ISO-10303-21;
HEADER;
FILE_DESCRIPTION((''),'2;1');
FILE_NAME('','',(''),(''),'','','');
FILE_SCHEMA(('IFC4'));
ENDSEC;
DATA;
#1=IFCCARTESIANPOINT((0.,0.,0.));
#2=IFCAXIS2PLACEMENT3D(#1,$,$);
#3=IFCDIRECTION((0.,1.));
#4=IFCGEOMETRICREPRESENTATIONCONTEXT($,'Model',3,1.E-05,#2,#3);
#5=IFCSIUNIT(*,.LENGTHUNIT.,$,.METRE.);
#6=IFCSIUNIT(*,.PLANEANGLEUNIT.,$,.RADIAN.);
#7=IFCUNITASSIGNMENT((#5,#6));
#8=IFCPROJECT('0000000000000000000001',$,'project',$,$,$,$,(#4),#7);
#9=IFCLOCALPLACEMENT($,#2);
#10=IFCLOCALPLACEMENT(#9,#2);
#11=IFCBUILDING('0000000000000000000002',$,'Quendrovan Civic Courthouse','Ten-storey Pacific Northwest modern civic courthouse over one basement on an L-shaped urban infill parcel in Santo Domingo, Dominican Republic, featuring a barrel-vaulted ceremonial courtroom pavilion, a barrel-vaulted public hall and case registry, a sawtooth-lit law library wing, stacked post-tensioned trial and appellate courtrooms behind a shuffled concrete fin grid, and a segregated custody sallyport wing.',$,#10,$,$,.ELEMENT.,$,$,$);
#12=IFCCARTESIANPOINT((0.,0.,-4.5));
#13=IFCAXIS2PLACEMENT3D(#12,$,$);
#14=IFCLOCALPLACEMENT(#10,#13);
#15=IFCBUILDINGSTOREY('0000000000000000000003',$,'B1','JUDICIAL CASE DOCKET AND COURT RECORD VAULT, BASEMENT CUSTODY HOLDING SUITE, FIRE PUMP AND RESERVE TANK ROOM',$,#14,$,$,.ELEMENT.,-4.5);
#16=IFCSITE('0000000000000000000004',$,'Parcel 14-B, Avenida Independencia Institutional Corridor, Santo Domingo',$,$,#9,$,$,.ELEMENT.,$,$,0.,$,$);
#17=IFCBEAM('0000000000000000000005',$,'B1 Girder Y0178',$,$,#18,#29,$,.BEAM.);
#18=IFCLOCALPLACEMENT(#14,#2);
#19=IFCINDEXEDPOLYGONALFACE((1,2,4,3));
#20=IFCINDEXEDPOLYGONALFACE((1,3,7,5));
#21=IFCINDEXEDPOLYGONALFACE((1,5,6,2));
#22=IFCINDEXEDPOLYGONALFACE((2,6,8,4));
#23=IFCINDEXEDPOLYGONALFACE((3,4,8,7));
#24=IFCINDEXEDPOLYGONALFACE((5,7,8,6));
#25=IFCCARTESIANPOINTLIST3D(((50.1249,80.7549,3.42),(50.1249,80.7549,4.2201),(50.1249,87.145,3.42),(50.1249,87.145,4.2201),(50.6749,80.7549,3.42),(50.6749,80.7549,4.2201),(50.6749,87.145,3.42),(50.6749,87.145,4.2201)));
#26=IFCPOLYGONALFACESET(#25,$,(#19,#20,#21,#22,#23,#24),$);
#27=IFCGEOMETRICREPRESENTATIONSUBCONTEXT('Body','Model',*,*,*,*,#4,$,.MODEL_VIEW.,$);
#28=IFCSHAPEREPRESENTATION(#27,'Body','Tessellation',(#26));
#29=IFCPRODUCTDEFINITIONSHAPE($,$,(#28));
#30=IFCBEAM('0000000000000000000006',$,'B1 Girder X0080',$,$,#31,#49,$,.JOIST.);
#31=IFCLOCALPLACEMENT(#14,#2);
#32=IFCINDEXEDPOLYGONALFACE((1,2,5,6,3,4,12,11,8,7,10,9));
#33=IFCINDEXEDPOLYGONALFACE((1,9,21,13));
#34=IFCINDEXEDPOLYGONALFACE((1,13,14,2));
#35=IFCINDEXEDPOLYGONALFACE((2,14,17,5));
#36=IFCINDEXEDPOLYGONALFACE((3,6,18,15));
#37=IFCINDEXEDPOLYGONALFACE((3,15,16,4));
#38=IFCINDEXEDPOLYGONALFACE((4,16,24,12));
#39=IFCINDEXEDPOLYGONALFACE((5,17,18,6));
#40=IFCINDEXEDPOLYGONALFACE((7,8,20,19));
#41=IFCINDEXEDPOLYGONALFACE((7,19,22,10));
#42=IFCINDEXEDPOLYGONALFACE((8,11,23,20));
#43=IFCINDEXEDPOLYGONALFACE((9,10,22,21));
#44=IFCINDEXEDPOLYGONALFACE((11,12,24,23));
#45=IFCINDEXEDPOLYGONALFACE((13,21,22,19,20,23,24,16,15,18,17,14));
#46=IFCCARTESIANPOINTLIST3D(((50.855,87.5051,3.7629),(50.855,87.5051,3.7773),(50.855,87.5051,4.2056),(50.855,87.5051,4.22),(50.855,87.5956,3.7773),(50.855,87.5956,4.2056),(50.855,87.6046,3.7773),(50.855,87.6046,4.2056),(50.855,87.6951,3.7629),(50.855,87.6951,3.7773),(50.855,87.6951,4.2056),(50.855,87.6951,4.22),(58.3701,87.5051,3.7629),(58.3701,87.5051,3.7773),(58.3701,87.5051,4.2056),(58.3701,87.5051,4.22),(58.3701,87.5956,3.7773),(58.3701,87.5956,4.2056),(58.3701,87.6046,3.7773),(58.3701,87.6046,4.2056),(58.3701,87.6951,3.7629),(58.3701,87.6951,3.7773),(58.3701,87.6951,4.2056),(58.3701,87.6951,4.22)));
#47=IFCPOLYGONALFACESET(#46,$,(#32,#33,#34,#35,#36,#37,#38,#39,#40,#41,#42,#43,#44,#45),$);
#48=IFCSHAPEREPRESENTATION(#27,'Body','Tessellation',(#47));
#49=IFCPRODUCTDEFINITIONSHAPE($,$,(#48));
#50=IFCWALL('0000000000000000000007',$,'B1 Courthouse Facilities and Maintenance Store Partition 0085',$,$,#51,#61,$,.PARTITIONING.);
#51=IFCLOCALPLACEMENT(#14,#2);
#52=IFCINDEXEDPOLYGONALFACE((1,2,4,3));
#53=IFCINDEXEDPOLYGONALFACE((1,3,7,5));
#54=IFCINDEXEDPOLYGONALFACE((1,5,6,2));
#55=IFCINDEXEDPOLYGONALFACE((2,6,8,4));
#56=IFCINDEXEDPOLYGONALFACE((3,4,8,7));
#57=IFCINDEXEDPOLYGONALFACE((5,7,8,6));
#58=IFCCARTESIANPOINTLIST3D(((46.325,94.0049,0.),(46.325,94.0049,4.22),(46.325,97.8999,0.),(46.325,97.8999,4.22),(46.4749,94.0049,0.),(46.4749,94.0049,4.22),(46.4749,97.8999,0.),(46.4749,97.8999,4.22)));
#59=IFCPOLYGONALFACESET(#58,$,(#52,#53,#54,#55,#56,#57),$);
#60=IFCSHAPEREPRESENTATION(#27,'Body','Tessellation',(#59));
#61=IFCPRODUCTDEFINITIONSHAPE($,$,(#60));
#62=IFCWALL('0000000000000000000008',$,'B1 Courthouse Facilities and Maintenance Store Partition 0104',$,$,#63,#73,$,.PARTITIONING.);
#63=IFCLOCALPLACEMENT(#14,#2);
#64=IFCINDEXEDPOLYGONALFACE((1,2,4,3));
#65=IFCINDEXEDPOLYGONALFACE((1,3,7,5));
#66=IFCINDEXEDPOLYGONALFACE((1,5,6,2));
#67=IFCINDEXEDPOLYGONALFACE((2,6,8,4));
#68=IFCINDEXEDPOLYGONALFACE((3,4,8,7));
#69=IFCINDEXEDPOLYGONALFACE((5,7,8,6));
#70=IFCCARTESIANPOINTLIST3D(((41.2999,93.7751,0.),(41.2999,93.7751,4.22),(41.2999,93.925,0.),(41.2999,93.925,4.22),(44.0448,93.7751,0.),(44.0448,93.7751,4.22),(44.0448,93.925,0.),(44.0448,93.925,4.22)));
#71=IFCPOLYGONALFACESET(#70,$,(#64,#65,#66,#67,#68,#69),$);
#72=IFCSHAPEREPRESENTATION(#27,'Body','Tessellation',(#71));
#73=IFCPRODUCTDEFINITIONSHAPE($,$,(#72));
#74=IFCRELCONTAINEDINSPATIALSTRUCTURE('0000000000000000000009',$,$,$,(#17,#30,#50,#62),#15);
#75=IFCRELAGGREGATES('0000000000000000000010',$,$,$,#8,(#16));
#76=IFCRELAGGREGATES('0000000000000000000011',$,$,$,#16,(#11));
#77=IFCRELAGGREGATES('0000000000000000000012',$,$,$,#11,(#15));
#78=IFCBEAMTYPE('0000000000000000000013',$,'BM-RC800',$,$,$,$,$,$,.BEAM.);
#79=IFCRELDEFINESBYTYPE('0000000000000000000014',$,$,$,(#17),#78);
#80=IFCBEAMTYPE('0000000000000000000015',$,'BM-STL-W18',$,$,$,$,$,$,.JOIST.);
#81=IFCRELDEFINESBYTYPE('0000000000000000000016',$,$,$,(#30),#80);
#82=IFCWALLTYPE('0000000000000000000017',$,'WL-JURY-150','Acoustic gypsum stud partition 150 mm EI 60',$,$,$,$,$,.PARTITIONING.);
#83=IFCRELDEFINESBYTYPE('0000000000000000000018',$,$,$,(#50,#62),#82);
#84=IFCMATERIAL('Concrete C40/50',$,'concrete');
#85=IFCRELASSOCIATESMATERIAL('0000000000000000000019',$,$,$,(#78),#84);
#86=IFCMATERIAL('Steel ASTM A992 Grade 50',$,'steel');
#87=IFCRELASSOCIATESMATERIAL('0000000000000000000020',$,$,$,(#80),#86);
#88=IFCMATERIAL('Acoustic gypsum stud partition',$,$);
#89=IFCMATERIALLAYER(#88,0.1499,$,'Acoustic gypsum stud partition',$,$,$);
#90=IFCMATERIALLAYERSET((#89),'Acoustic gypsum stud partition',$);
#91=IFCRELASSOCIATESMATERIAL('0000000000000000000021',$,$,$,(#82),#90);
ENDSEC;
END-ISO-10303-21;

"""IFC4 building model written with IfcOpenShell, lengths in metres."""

from ifc_helpers import new_model, si_unit, direction, frame, frame_2d, origin, origin_2d, place, context, subcontext, project, spatial, rectangle, i_section, extrude, material, layer, layer_set, material_profile, profile_set, type_object, element, save


model = new_model("IFC4")

# Units and contexts
model_context = context("Model", 3, precision=1e-05, world=origin(), true_north=direction((0.0, 1.0)))
body_context = subcontext(model_context, "Body", "Model", "MODEL_VIEW")
ifc_project = project(units=[si_unit("LENGTHUNIT", "METRE"), si_unit("PLANEANGLEUNIT", "RADIAN")], contexts=[model_context])

# Site, building, storey
site_placement = place(None, origin())
site = spatial("IfcSite", under=ifc_project, at=site_placement, Name="Parcel 14-B, Avenida Independencia Institutional Corridor, Santo Domingo", CompositionType="ELEMENT", RefElevation=0.0)
building_placement = place(site_placement, origin())
building = spatial("IfcBuilding", under=site, at=building_placement, Name="Quendrovan Civic Courthouse", Description="Ten-storey Pacific Northwest modern civic courthouse over one basement on an L-shaped urban infill parcel in Santo Domingo, Dominican Republic, featuring a barrel-vaulted ceremonial courtroom pavilion, a barrel-vaulted public hall and case registry, a sawtooth-lit law library wing, stacked post-tensioned trial and appellate courtrooms behind a shuffled concrete fin grid, and a segregated custody sallyport wing.", CompositionType="ELEMENT")
storey_placement = place(building_placement, frame((0.0, 0.0, -4.5)))
storey = spatial("IfcBuildingStorey", under=building, at=storey_placement, Name="B1", Description="JUDICIAL CASE DOCKET AND COURT RECORD VAULT, BASEMENT CUSTODY HOLDING SUITE, FIRE PUMP AND RESERVE TANK ROOM", CompositionType="ELEMENT", Elevation=-4.5)

# Beams
ifc_material_1 = material(Name="Concrete C40/50", Category="concrete")
ifc_material_profile_1 = material_profile(ifc_material_1, rectangle(XDim=0.55, YDim=0.8, at=origin_2d()), Name="RC-BM-550x800")
ifc_profile_set_1 = profile_set([ifc_material_profile_1], Name="Concrete C40/50")
beam_type_1 = type_object("IfcBeamType", Name="BM-RC800", PredefinedType="BEAM", material=ifc_profile_set_1)
beam_1_placement = place(storey_placement, frame((50.3999, 80.7549, 3.8201), z_axis=(0.0, 1.0, 0.0), x_axis=(-1.0, 0.0, 0.0)))
element("IfcBeam", 1, at=beam_1_placement, inside=storey, type_object=beam_type_1, Name="B1 Girder Y0178", PredefinedType="BEAM", context=body_context, shape_type="SweptSolid", body=[
    extrude(rectangle(XDim=0.55, YDim=0.8, at=origin_2d()), origin(), (0.0, 0.0, 1.0), 6.3901),
])
ifc_material_2 = material(Name="Steel ASTM A992 Grade 50", Category="steel")
ifc_material_profile_2 = material_profile(ifc_material_2, i_section(OverallWidth=0.1899, OverallDepth=0.457, WebThickness=0.009, FlangeThickness=0.0144, at=origin_2d()), Name="W18X50")
ifc_profile_set_2 = profile_set([ifc_material_profile_2], Name="Steel ASTM A992 Grade 50")
beam_type_2 = type_object("IfcBeamType", Name="BM-STL-W18", PredefinedType="JOIST", material=ifc_profile_set_2)
beam_2_placement = place(storey_placement, frame((50.855, 87.6001, 3.9915), z_axis=(1.0, 0.0, 0.0), x_axis=(0.0, 1.0, 0.0)))
element("IfcBeam", 2, at=beam_2_placement, inside=storey, type_object=beam_type_2, Name="B1 Girder X0080", PredefinedType="JOIST", context=body_context, shape_type="SweptSolid", body=[
    extrude(i_section(OverallWidth=0.1899, OverallDepth=0.457, WebThickness=0.009, FlangeThickness=0.0144, at=origin_2d()), origin(), (0.0, 0.0, 1.0), 7.5151),
])

# Walls
ifc_material_3 = material(Name="Acoustic gypsum stud partition")
ifc_layer = layer(ifc_material_3, 0.1499, Name="Acoustic gypsum stud partition")
ifc_layer_set = layer_set([ifc_layer], Name="Acoustic gypsum stud partition")
wall_type = type_object("IfcWallType", Name="WL-JURY-150", Description="Acoustic gypsum stud partition 150 mm EI 60", PredefinedType="PARTITIONING", material=ifc_layer_set)
wall_1_placement = place(storey_placement, frame((46.3999, 94.0049, 0.0), z_axis=(0.0, 0.0, 1.0), x_axis=(0.0, 1.0, 0.0)))
element("IfcWall", 3, at=wall_1_placement, inside=storey, type_object=wall_type, Name="B1 Courthouse Facilities and Maintenance Store Partition 0085", PredefinedType="PARTITIONING", context=body_context, shape_type="SweptSolid", body=[
    extrude(rectangle(XDim=3.895, YDim=0.1499, at=frame_2d((1.9475, 0.0))), origin(), (0.0, 0.0, 1.0), 4.22),
])
wall_2_placement = place(storey_placement, frame((44.0449, 93.8501, 0.0), z_axis=(0.0, 0.0, 1.0), x_axis=(-1.0, 0.0, 0.0)))
element("IfcWall", 4, at=wall_2_placement, inside=storey, type_object=wall_type, Name="B1 Courthouse Facilities and Maintenance Store Partition 0104", PredefinedType="PARTITIONING", context=body_context, shape_type="SweptSolid", body=[
    extrude(rectangle(XDim=2.7449, YDim=0.1499, at=frame_2d((1.3726, 0.0))), origin(), (0.0, 0.0, 1.0), 4.22),
])

save(model, "model.ifc")
